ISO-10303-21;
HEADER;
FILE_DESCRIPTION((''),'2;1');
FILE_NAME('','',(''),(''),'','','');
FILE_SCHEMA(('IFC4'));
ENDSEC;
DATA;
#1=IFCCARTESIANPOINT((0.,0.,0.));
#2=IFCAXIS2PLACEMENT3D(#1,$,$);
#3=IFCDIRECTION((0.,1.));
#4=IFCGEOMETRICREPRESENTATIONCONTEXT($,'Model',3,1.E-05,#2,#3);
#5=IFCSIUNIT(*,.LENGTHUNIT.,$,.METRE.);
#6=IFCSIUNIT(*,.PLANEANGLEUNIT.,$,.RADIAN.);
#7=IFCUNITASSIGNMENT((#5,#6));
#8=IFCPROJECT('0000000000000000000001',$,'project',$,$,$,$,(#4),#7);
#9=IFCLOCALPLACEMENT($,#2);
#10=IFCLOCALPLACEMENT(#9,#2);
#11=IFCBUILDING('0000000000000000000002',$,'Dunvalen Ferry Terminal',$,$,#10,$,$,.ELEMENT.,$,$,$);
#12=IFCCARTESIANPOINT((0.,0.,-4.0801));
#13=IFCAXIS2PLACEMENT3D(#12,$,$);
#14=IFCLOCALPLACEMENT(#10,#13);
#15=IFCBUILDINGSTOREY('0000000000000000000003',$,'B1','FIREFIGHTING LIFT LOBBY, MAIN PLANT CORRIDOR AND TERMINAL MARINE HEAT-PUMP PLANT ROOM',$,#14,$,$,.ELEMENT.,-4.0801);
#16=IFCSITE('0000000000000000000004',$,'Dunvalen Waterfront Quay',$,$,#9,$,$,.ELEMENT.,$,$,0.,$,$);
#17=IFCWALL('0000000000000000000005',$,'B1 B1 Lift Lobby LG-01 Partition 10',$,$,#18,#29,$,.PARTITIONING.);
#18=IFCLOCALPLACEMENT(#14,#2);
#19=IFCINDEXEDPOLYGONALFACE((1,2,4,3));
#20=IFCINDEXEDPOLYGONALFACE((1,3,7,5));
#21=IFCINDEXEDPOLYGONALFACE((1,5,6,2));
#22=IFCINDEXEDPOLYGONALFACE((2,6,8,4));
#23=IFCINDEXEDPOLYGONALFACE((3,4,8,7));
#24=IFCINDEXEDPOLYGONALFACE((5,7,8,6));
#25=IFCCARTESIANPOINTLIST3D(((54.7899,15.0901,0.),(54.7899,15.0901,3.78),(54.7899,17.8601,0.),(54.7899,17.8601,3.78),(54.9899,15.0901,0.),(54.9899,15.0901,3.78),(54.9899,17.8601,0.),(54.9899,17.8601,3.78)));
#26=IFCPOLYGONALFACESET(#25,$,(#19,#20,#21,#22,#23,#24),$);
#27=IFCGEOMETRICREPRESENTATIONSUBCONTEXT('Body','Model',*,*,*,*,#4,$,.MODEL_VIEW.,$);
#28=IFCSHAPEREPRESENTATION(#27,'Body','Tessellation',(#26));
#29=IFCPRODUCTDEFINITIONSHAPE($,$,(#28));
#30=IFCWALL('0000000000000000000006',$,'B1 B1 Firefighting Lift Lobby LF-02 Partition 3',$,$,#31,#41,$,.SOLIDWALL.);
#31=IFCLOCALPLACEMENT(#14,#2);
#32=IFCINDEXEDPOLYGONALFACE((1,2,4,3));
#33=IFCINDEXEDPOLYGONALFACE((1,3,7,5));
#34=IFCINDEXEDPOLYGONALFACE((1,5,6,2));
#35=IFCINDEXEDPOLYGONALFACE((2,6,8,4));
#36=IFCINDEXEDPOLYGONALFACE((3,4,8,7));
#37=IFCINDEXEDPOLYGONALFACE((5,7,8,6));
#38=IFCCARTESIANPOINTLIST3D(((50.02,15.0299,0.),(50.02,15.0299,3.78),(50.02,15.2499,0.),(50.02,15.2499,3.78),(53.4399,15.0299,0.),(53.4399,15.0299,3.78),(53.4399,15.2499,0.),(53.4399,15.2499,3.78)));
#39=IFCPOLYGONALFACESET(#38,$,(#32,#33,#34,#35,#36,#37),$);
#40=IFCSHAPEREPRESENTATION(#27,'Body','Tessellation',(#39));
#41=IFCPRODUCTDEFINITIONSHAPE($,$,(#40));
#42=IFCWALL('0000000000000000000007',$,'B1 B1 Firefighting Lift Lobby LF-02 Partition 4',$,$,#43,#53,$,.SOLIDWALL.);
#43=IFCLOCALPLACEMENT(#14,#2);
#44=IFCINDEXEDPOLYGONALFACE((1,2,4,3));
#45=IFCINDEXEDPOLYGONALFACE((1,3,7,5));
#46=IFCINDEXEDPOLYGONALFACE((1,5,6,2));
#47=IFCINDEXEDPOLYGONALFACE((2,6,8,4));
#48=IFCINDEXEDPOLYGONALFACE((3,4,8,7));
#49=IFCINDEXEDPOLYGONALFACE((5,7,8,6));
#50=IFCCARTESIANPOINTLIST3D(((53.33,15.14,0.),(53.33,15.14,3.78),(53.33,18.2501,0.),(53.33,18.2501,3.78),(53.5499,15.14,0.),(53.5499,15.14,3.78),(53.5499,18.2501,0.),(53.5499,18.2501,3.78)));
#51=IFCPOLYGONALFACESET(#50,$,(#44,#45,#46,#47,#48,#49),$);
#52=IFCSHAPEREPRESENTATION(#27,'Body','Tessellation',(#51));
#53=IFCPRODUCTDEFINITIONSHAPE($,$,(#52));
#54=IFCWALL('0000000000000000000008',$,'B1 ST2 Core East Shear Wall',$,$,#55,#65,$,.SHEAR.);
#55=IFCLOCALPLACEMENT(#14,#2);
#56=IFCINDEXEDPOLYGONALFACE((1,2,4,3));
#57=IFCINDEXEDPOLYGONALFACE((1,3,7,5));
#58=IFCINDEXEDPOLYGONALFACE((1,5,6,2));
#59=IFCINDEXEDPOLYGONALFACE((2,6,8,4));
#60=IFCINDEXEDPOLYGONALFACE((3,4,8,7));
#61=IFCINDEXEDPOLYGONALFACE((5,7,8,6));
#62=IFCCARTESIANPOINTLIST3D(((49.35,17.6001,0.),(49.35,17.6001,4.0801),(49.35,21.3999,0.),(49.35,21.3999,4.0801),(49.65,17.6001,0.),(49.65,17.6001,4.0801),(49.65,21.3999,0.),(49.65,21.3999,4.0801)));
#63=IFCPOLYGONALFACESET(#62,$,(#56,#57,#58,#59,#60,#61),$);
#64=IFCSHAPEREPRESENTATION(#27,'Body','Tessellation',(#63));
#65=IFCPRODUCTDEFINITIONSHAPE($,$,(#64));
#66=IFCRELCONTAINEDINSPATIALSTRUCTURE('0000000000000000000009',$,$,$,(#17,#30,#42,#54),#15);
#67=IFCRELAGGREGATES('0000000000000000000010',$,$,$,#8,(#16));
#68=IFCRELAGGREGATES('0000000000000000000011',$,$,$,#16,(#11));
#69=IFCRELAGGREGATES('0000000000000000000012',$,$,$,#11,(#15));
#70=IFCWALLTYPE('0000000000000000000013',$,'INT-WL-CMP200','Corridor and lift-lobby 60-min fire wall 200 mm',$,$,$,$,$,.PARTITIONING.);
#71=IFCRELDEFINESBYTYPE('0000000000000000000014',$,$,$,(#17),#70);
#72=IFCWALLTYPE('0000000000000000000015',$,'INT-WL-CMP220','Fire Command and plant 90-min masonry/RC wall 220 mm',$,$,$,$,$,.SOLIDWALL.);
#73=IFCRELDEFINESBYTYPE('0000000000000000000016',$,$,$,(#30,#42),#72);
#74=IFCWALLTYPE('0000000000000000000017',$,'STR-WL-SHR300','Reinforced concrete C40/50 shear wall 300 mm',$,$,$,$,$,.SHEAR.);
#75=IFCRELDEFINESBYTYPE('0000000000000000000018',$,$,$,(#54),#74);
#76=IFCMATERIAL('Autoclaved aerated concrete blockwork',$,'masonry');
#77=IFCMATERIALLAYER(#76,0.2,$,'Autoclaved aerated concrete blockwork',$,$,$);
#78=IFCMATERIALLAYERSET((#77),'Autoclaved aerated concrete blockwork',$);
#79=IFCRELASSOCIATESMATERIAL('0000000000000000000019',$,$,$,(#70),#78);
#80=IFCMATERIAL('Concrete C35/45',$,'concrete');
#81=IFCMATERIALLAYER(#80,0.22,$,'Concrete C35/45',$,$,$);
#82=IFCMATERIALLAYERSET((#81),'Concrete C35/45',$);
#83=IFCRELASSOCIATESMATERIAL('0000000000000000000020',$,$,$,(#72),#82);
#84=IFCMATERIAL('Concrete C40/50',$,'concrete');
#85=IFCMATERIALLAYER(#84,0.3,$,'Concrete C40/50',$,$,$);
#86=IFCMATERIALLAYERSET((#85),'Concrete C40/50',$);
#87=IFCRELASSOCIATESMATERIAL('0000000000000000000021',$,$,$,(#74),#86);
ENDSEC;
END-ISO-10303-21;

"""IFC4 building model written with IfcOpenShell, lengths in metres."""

from ifc_helpers import new_model, si_unit, direction, frame, frame_2d, origin, place, context, subcontext, project, spatial, rectangle, extrude, material, layer, layer_set, type_object, element, save


model = new_model("IFC4")

# Units and contexts
model_context = context("Model", 3, precision=1e-05, world=origin(), true_north=direction((0.0, 1.0)))
body_context = subcontext(model_context, "Body", "Model", "MODEL_VIEW")
ifc_project = project(units=[si_unit("LENGTHUNIT", "METRE"), si_unit("PLANEANGLEUNIT", "RADIAN")], contexts=[model_context])

# Site, building, storey
site_placement = place(None, origin())
site = spatial("IfcSite", under=ifc_project, at=site_placement, Name="Dunvalen Waterfront Quay", CompositionType="ELEMENT", RefElevation=0.0)
building_placement = place(site_placement, origin())
building = spatial("IfcBuilding", under=site, at=building_placement, Name="Dunvalen Ferry Terminal", CompositionType="ELEMENT")
storey_placement = place(building_placement, frame((0.0, 0.0, -4.0801)))
storey = spatial("IfcBuildingStorey", under=building, at=storey_placement, Name="B1", Description="FIREFIGHTING LIFT LOBBY, MAIN PLANT CORRIDOR AND TERMINAL MARINE HEAT-PUMP PLANT ROOM", CompositionType="ELEMENT", Elevation=-4.0801)

# Shared definitions
ifc_material_1 = material(Name="Concrete C40/50", Category="concrete")

# Shared definitions
ifc_material_2 = material(Name="Autoclaved aerated concrete blockwork", Category="masonry")
ifc_layer_1 = layer(ifc_material_2, 0.2, Name="Autoclaved aerated concrete blockwork")
ifc_layer_set_1 = layer_set([ifc_layer_1], Name="Autoclaved aerated concrete blockwork")
wall_type_1 = type_object("IfcWallType", Name="INT-WL-CMP200", Description="Corridor and lift-lobby 60-min fire wall 200 mm", PredefinedType="PARTITIONING", material=ifc_layer_set_1)

# Walls
for number, where, z_axis, x_axis, name in (
    (1, (54.8899, 17.8601, 0.0), (0.0, 0.0, 1.0), (0.0, -1.0, 0.0), "B1 B1 Lift Lobby LG-01 Partition 10"),
):
    element("IfcWall", number, at=place(storey_placement, frame(where, z_axis=z_axis, x_axis=x_axis)), inside=storey, type_object=wall_type_1, Name=name, PredefinedType="PARTITIONING", context=body_context, shape_type="SweptSolid", body=[
        extrude(rectangle(XDim=2.77, YDim=0.2, at=frame_2d((1.385, 0.0))), origin(), (0.0, 0.0, 1.0), 3.78),
    ])
ifc_material_3 = material(Name="Concrete C35/45", Category="concrete")
ifc_layer_2 = layer(ifc_material_3, 0.22, Name="Concrete C35/45")
ifc_layer_set_2 = layer_set([ifc_layer_2], Name="Concrete C35/45")
wall_type_2 = type_object("IfcWallType", Name="INT-WL-CMP220", Description="Fire Command and plant 90-min masonry/RC wall 220 mm", PredefinedType="SOLIDWALL", material=ifc_layer_set_2)
wall_1_placement = place(storey_placement, frame((50.02, 15.1399, 0.0), z_axis=(0.0, 0.0, 1.0), x_axis=(1.0, 0.0, 0.0)))
element("IfcWall", 2, at=wall_1_placement, inside=storey, type_object=wall_type_2, Name="B1 B1 Firefighting Lift Lobby LF-02 Partition 3", PredefinedType="SOLIDWALL", context=body_context, shape_type="SweptSolid", body=[
    extrude(rectangle(XDim=3.4199, YDim=0.22, at=frame_2d((1.71, 0.0))), origin(), (0.0, 0.0, 1.0), 3.78),
])
wall_2_placement = place(storey_placement, frame((53.4399, 15.1399, 0.0), z_axis=(0.0, 0.0, 1.0), x_axis=(0.0, 1.0, 0.0)))
element("IfcWall", 3, at=wall_2_placement, inside=storey, type_object=wall_type_2, Name="B1 B1 Firefighting Lift Lobby LF-02 Partition 4", PredefinedType="SOLIDWALL", context=body_context, shape_type="SweptSolid", body=[
    extrude(rectangle(XDim=3.1101, YDim=0.22, at=frame_2d((1.5552, 0.0))), origin(), (0.0, 0.0, 1.0), 3.78),
])
ifc_layer_3 = layer(ifc_material_1, 0.3, Name="Concrete C40/50")
ifc_layer_set_3 = layer_set([ifc_layer_3], Name="Concrete C40/50")
wall_type_3 = type_object("IfcWallType", Name="STR-WL-SHR300", Description="Reinforced concrete C40/50 shear wall 300 mm", PredefinedType="SHEAR", material=ifc_layer_set_3)
wall_3_placement = place(storey_placement, frame((49.5, 17.6001, 0.0), z_axis=(0.0, 0.0, 1.0), x_axis=(0.0, 1.0, 0.0)))
element("IfcWall", 4, at=wall_3_placement, inside=storey, type_object=wall_type_3, Name="B1 ST2 Core East Shear Wall", PredefinedType="SHEAR", context=body_context, shape_type="SweptSolid", body=[
    extrude(rectangle(XDim=3.7998, YDim=0.3, at=frame_2d((1.8999, 0.0))), origin(), (0.0, 0.0, 1.0), 4.0801),
])

save(model, "model.ifc")
